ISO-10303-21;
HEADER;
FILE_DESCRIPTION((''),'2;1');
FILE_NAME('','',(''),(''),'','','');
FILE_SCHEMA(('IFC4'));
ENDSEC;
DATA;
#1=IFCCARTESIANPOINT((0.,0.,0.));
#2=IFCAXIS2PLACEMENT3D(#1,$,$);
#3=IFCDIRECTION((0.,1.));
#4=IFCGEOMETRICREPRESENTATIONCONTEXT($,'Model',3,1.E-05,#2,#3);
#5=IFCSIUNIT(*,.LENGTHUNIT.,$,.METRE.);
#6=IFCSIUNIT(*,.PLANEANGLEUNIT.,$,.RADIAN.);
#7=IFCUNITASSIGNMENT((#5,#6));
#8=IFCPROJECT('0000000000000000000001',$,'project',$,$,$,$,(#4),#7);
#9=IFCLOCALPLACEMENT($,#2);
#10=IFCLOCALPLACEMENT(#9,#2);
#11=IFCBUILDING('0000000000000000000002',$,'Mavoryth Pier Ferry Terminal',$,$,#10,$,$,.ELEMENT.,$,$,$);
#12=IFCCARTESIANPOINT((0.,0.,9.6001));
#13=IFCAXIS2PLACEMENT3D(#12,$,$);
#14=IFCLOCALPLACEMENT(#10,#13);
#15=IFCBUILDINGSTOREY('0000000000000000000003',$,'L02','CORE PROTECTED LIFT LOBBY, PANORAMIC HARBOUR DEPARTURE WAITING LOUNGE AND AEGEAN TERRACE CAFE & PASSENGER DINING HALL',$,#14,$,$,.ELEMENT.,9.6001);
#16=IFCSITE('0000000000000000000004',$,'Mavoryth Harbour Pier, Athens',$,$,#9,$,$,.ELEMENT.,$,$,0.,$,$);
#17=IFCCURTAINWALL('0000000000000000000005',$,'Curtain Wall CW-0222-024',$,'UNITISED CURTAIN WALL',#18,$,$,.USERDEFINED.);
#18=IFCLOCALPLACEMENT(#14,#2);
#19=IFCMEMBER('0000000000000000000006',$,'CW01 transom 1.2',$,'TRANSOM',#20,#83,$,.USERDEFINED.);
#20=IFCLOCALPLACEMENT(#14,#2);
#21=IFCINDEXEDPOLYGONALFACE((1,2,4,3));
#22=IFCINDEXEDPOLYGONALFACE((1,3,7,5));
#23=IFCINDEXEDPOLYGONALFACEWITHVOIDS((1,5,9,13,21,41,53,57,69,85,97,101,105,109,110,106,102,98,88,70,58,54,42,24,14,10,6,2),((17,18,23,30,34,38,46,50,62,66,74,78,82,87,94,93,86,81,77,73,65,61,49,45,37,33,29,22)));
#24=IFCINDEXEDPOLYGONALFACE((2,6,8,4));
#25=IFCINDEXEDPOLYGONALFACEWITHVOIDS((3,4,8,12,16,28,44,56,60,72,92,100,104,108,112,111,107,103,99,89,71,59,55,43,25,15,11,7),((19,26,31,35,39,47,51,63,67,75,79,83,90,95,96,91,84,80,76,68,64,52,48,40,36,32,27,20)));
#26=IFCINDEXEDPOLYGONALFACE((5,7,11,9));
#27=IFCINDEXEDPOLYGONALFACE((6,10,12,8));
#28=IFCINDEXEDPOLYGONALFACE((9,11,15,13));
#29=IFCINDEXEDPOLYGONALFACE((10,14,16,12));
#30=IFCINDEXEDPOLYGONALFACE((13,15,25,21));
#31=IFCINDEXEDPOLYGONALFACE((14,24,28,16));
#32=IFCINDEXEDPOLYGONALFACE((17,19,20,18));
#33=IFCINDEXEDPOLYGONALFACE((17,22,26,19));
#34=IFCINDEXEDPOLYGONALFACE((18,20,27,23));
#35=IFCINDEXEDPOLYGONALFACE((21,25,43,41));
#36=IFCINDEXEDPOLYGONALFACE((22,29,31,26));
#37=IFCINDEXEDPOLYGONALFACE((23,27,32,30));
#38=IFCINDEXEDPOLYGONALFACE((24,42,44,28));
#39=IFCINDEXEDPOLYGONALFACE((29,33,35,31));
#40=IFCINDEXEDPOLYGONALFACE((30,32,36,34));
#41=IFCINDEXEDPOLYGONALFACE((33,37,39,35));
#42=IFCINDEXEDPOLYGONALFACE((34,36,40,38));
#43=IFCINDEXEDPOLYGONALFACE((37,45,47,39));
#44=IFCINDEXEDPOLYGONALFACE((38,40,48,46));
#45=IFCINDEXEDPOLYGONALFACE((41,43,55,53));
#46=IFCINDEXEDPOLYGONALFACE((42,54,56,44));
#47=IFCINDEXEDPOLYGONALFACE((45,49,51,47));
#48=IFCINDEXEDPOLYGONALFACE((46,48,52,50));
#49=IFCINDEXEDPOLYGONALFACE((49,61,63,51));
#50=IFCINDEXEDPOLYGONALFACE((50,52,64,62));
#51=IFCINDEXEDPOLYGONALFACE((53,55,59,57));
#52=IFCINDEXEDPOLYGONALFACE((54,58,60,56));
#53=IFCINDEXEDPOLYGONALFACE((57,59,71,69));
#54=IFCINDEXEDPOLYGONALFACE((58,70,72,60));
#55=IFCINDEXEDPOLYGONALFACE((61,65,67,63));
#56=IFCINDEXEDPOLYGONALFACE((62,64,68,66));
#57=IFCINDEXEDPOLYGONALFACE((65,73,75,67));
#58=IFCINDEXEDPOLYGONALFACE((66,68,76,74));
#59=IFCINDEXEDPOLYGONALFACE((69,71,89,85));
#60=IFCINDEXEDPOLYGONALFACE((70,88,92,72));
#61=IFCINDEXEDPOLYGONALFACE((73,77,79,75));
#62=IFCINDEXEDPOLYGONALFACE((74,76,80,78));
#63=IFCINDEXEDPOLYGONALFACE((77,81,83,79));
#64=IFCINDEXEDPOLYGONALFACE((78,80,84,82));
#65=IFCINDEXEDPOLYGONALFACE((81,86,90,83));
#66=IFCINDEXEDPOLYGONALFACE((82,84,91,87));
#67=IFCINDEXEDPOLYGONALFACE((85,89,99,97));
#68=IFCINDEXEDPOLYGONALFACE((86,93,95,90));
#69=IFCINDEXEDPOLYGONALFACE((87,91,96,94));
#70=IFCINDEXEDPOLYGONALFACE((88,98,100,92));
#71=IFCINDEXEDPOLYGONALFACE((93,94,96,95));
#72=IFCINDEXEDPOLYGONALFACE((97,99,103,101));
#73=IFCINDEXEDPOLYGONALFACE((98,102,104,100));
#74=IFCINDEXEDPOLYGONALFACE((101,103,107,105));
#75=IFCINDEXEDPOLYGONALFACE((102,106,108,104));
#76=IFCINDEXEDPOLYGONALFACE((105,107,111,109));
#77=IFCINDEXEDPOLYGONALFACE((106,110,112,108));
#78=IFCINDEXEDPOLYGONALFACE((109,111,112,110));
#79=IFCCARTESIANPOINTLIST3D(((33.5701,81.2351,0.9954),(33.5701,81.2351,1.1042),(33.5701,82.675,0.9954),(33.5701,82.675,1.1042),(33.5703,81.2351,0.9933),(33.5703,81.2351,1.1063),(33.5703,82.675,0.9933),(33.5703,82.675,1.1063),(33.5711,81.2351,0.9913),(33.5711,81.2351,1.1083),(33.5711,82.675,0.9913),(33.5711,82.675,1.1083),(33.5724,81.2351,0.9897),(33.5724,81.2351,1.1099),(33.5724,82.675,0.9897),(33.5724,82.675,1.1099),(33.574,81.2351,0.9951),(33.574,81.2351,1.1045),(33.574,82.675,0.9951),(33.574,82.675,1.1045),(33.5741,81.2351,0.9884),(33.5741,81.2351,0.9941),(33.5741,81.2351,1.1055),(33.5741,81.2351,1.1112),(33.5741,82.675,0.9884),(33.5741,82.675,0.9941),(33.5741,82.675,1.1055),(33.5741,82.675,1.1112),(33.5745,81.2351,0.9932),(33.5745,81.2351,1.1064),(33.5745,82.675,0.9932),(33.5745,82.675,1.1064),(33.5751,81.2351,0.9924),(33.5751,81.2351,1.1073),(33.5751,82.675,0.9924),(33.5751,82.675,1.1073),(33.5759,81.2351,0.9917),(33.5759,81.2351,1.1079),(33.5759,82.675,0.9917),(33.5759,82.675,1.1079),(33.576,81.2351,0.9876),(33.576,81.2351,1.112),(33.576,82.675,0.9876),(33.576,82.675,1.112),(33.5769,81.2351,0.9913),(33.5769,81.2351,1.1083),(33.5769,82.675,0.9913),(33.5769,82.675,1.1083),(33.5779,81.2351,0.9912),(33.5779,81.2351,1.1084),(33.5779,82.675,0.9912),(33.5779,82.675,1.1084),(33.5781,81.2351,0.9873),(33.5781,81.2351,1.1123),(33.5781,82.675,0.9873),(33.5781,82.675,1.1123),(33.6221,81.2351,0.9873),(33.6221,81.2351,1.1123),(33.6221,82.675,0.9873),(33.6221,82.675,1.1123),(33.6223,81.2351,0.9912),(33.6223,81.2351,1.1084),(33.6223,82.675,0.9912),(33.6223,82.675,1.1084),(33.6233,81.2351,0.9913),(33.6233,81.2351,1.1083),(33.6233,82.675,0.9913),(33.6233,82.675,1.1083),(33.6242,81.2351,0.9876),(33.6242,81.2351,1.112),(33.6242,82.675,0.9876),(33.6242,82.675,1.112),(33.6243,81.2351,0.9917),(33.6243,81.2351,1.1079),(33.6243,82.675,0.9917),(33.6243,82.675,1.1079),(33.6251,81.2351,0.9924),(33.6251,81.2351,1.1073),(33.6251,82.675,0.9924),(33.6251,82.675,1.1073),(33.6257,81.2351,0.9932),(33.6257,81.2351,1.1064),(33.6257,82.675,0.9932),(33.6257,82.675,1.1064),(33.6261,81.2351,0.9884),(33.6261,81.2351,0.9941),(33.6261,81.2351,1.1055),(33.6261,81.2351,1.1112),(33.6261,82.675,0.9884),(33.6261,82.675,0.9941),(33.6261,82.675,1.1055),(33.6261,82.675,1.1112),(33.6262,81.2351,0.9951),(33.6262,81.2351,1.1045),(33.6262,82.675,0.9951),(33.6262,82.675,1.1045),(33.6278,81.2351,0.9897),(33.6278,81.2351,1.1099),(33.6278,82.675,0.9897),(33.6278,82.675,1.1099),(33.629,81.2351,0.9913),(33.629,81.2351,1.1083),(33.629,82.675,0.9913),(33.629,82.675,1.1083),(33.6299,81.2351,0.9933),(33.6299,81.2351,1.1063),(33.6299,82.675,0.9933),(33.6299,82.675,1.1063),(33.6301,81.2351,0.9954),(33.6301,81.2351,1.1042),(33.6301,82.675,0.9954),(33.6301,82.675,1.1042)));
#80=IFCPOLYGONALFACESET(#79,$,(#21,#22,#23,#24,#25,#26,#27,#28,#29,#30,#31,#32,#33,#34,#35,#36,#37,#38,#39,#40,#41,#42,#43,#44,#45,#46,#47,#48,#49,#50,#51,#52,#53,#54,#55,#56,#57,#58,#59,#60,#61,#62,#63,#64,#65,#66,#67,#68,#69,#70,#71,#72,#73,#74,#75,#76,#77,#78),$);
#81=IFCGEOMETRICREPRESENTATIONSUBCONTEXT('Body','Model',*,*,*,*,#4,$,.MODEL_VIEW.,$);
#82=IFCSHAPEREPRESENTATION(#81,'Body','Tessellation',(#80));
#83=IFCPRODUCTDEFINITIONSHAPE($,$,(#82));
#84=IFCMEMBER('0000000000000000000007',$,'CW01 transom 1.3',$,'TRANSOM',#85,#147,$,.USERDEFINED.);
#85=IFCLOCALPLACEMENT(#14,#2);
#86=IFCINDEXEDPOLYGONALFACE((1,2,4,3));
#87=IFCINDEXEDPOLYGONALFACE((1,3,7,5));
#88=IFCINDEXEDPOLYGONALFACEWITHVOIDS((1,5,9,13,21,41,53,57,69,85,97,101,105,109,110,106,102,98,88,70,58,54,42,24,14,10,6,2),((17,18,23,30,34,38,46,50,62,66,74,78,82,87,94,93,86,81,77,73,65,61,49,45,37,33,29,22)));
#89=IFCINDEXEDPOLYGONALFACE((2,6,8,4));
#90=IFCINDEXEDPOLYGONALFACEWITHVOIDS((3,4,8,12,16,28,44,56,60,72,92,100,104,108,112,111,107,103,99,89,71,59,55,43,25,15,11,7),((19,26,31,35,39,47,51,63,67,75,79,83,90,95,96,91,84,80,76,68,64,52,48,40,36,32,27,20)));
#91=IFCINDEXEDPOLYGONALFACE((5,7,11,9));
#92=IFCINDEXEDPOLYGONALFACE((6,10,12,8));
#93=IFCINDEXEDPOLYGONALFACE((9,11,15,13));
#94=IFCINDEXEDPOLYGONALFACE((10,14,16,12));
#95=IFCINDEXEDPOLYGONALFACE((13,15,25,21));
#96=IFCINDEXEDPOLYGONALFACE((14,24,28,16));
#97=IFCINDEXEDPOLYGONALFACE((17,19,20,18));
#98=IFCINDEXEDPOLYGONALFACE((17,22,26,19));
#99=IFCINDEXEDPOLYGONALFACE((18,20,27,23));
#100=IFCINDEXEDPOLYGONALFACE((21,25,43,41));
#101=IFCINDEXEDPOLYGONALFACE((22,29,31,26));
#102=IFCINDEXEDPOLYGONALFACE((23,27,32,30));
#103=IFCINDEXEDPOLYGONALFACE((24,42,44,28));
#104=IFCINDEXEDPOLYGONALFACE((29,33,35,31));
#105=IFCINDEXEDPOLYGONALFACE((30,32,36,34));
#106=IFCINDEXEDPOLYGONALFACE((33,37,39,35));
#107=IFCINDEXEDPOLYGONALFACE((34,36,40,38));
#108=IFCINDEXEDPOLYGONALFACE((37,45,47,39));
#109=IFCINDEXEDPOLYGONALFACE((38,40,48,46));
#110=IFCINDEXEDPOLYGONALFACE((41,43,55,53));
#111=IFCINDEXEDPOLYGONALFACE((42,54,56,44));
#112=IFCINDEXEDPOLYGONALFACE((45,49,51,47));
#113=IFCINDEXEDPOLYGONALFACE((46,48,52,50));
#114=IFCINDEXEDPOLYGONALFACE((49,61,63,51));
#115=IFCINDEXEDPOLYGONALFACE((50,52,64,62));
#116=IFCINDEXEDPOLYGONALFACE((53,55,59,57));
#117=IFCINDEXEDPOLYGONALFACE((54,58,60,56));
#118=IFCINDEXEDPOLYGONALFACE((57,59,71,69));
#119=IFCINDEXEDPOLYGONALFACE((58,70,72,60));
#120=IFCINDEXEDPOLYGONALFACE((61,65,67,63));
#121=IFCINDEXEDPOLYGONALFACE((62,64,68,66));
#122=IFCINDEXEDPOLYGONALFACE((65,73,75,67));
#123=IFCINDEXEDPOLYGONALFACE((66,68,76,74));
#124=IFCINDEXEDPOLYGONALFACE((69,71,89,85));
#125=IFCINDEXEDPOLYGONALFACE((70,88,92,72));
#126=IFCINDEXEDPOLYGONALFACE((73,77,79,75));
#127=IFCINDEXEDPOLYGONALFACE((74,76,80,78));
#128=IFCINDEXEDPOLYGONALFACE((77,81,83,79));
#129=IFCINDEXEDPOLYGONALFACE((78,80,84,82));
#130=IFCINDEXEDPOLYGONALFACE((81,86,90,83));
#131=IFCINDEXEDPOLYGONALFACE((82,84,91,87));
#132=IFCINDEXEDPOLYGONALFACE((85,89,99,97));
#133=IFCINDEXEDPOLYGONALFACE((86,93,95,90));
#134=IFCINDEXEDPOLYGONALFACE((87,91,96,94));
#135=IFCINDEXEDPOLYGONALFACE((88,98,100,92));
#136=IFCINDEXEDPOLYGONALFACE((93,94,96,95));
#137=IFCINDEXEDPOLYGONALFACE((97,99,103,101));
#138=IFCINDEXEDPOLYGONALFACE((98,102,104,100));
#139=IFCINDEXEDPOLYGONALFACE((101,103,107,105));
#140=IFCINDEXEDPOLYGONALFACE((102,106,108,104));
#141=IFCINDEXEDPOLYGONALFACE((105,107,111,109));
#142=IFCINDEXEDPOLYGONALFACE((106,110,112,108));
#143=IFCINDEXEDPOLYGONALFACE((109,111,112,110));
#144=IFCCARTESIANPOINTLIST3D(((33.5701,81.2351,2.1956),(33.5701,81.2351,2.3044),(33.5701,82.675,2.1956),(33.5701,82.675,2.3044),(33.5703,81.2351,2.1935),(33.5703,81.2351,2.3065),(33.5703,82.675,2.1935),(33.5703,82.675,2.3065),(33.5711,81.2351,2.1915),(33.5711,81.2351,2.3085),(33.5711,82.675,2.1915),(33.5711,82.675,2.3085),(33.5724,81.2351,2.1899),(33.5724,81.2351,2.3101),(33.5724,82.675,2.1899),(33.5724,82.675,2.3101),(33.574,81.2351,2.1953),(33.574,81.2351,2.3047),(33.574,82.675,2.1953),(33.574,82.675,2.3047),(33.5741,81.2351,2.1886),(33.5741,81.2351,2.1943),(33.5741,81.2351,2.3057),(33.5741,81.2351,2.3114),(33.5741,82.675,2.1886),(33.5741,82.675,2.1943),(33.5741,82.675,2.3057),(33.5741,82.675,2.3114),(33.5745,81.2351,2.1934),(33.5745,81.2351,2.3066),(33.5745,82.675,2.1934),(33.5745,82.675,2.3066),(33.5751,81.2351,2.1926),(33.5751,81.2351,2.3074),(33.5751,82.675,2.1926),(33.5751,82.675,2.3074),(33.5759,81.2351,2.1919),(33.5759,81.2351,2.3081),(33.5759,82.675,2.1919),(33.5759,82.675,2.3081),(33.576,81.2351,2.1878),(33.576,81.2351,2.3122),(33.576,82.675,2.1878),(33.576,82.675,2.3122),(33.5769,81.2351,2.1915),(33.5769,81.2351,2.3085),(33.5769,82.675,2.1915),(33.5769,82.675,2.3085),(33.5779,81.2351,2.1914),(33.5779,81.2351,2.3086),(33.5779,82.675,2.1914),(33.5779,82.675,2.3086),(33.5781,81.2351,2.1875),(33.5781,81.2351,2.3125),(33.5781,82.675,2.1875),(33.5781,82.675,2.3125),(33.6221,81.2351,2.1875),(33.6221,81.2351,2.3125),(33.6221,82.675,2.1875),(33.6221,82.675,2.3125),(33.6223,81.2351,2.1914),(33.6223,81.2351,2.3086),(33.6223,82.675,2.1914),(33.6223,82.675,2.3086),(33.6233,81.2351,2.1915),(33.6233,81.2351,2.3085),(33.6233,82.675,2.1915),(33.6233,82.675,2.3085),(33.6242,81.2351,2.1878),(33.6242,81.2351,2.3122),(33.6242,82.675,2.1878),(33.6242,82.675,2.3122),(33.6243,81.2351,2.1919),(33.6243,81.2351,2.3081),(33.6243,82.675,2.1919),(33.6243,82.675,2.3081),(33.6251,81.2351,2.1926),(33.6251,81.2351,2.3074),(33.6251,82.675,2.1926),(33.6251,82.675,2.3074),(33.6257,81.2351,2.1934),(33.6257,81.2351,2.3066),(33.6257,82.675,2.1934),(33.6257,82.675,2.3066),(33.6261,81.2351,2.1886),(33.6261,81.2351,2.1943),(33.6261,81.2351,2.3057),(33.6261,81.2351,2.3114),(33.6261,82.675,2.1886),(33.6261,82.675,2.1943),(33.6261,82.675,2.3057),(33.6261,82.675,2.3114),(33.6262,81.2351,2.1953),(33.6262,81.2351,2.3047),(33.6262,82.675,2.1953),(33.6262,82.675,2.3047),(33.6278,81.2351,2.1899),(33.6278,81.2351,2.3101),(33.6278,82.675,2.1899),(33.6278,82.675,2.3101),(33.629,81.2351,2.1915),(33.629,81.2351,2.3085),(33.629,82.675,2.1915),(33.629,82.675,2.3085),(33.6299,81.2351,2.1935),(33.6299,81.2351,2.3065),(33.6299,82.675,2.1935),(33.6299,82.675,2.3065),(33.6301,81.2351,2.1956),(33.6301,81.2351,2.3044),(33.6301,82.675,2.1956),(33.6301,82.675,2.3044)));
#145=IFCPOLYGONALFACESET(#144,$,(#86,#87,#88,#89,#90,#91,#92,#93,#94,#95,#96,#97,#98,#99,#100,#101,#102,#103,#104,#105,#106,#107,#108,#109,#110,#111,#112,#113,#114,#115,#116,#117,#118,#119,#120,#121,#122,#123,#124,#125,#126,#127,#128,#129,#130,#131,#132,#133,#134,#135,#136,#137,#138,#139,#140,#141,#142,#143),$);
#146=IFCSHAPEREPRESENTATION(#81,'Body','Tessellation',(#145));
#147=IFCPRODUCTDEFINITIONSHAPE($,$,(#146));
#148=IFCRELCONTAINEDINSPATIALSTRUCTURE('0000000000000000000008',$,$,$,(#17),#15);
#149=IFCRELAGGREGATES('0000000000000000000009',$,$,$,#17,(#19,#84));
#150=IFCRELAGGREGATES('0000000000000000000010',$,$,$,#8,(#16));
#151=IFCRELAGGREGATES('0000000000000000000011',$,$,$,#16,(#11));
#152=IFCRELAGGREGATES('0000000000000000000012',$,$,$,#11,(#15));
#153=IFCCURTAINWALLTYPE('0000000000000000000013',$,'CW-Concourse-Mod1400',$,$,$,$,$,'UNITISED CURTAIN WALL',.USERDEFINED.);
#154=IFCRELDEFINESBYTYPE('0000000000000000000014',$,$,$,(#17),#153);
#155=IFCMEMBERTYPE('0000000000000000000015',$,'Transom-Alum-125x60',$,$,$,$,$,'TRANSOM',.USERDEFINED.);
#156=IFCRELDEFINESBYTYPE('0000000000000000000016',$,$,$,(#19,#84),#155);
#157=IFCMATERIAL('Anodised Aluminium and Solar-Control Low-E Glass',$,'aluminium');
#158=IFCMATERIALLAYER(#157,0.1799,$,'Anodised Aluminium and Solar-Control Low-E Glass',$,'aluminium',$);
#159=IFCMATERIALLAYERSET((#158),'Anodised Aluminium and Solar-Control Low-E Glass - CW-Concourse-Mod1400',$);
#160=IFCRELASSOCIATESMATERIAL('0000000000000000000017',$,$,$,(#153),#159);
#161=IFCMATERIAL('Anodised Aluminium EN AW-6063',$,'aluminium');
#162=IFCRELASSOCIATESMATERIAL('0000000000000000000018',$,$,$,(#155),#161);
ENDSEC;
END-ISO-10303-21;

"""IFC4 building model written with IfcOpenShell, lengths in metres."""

from ifc_helpers import new_model, si_unit, direction, frame, origin, origin_2d, place, context, subcontext, project, spatial, hollow_rectangle, extrude, material, layer, layer_set, material_profile, profile_set, type_object, element, aggregate, save


model = new_model("IFC4")

# Units and contexts
model_context = context("Model", 3, precision=1e-05, world=origin(), true_north=direction((0.0, 1.0)))
body_context = subcontext(model_context, "Body", "Model", "MODEL_VIEW")
ifc_project = project(units=[si_unit("LENGTHUNIT", "METRE"), si_unit("PLANEANGLEUNIT", "RADIAN")], contexts=[model_context])

# Site, building, storey
site_placement = place(None, origin())
site = spatial("IfcSite", under=ifc_project, at=site_placement, Name="Mavoryth Harbour Pier, Athens", CompositionType="ELEMENT", RefElevation=0.0)
building_placement = place(site_placement, origin())
building = spatial("IfcBuilding", under=site, at=building_placement, Name="Mavoryth Pier Ferry Terminal", CompositionType="ELEMENT")
storey_placement = place(building_placement, frame((0.0, 0.0, 9.6001)))
storey = spatial("IfcBuildingStorey", under=building, at=storey_placement, Name="L02", Description="CORE PROTECTED LIFT LOBBY, PANORAMIC HARBOUR DEPARTURE WAITING LOUNGE AND AEGEAN TERRACE CAFE & PASSENGER DINING HALL", CompositionType="ELEMENT", Elevation=9.6001)

# Curtain wall
ifc_material_1 = material(Name="Anodised Aluminium and Solar-Control Low-E Glass", Category="aluminium")
ifc_layer_1 = layer(ifc_material_1, 0.1799, Name="Anodised Aluminium and Solar-Control Low-E Glass", Category="aluminium")
ifc_layer_set_1 = layer_set([ifc_layer_1], Name="Anodised Aluminium and Solar-Control Low-E Glass - CW-Concourse-Mod1400")
curtain_wall_type = type_object("IfcCurtainWallType", Name="CW-Concourse-Mod1400", ElementType="UNITISED CURTAIN WALL", PredefinedType="USERDEFINED", material=ifc_layer_set_1)
curtain_wall_placement = place(storey_placement, origin())
curtain_wall = element("IfcCurtainWall", 1, at=curtain_wall_placement, inside=storey, type_object=curtain_wall_type, Name="Curtain Wall CW-0222-024", ObjectType="UNITISED CURTAIN WALL", PredefinedType="USERDEFINED")
ifc_material_2 = material(Name="Anodised Aluminium EN AW-6063", Category="aluminium")

# Members
ifc_material_profile_1 = material_profile(ifc_material_2, hollow_rectangle(XDim=0.0601, YDim=0.125, WallThickness=0.0039, InnerFilletRadius=0.0039, OuterFilletRadius=0.0081, at=origin_2d()), Name="AL-TRAN 125x60x4", Category="aluminium")
ifc_profile_set_1 = profile_set([ifc_material_profile_1], Name="Anodised Aluminium EN AW-6063 - AL-TRAN 125x60x4")
member_type_1 = type_object("IfcMemberType", Name="Transom-Alum-125x60", ElementType="TRANSOM", PredefinedType="USERDEFINED", material=ifc_profile_set_1)
member_1_placement = place(storey_placement, frame((33.6001, 81.2351, 1.0498), z_axis=(0.0, 1.0, 0.0), x_axis=(-1.0, 0.0, 0.0)))
member_1 = element("IfcMember", 2, at=member_1_placement, type_object=member_type_1, Name="CW01 transom 1.2", ObjectType="TRANSOM", PredefinedType="USERDEFINED", context=body_context, shape_type="SweptSolid", body=[
    extrude(hollow_rectangle(XDim=0.0601, YDim=0.125, WallThickness=0.0039, InnerFilletRadius=0.0039, OuterFilletRadius=0.0081, at=origin_2d()), origin(), (0.0, 0.0, 1.0), 1.4399),
])
member_2_placement = place(storey_placement, frame((33.6001, 81.2351, 2.25), z_axis=(0.0, 1.0, 0.0), x_axis=(-1.0, 0.0, 0.0)))
member_2 = element("IfcMember", 3, at=member_2_placement, type_object=member_type_1, Name="CW01 transom 1.3", ObjectType="TRANSOM", PredefinedType="USERDEFINED", context=body_context, shape_type="SweptSolid", body=[
    extrude(hollow_rectangle(XDim=0.0601, YDim=0.125, WallThickness=0.0039, InnerFilletRadius=0.0039, OuterFilletRadius=0.0081, at=origin_2d()), origin(), (0.0, 0.0, 1.0), 1.4399),
])

aggregate(curtain_wall, [member_1, member_2])

save(model, "model.ifc")
